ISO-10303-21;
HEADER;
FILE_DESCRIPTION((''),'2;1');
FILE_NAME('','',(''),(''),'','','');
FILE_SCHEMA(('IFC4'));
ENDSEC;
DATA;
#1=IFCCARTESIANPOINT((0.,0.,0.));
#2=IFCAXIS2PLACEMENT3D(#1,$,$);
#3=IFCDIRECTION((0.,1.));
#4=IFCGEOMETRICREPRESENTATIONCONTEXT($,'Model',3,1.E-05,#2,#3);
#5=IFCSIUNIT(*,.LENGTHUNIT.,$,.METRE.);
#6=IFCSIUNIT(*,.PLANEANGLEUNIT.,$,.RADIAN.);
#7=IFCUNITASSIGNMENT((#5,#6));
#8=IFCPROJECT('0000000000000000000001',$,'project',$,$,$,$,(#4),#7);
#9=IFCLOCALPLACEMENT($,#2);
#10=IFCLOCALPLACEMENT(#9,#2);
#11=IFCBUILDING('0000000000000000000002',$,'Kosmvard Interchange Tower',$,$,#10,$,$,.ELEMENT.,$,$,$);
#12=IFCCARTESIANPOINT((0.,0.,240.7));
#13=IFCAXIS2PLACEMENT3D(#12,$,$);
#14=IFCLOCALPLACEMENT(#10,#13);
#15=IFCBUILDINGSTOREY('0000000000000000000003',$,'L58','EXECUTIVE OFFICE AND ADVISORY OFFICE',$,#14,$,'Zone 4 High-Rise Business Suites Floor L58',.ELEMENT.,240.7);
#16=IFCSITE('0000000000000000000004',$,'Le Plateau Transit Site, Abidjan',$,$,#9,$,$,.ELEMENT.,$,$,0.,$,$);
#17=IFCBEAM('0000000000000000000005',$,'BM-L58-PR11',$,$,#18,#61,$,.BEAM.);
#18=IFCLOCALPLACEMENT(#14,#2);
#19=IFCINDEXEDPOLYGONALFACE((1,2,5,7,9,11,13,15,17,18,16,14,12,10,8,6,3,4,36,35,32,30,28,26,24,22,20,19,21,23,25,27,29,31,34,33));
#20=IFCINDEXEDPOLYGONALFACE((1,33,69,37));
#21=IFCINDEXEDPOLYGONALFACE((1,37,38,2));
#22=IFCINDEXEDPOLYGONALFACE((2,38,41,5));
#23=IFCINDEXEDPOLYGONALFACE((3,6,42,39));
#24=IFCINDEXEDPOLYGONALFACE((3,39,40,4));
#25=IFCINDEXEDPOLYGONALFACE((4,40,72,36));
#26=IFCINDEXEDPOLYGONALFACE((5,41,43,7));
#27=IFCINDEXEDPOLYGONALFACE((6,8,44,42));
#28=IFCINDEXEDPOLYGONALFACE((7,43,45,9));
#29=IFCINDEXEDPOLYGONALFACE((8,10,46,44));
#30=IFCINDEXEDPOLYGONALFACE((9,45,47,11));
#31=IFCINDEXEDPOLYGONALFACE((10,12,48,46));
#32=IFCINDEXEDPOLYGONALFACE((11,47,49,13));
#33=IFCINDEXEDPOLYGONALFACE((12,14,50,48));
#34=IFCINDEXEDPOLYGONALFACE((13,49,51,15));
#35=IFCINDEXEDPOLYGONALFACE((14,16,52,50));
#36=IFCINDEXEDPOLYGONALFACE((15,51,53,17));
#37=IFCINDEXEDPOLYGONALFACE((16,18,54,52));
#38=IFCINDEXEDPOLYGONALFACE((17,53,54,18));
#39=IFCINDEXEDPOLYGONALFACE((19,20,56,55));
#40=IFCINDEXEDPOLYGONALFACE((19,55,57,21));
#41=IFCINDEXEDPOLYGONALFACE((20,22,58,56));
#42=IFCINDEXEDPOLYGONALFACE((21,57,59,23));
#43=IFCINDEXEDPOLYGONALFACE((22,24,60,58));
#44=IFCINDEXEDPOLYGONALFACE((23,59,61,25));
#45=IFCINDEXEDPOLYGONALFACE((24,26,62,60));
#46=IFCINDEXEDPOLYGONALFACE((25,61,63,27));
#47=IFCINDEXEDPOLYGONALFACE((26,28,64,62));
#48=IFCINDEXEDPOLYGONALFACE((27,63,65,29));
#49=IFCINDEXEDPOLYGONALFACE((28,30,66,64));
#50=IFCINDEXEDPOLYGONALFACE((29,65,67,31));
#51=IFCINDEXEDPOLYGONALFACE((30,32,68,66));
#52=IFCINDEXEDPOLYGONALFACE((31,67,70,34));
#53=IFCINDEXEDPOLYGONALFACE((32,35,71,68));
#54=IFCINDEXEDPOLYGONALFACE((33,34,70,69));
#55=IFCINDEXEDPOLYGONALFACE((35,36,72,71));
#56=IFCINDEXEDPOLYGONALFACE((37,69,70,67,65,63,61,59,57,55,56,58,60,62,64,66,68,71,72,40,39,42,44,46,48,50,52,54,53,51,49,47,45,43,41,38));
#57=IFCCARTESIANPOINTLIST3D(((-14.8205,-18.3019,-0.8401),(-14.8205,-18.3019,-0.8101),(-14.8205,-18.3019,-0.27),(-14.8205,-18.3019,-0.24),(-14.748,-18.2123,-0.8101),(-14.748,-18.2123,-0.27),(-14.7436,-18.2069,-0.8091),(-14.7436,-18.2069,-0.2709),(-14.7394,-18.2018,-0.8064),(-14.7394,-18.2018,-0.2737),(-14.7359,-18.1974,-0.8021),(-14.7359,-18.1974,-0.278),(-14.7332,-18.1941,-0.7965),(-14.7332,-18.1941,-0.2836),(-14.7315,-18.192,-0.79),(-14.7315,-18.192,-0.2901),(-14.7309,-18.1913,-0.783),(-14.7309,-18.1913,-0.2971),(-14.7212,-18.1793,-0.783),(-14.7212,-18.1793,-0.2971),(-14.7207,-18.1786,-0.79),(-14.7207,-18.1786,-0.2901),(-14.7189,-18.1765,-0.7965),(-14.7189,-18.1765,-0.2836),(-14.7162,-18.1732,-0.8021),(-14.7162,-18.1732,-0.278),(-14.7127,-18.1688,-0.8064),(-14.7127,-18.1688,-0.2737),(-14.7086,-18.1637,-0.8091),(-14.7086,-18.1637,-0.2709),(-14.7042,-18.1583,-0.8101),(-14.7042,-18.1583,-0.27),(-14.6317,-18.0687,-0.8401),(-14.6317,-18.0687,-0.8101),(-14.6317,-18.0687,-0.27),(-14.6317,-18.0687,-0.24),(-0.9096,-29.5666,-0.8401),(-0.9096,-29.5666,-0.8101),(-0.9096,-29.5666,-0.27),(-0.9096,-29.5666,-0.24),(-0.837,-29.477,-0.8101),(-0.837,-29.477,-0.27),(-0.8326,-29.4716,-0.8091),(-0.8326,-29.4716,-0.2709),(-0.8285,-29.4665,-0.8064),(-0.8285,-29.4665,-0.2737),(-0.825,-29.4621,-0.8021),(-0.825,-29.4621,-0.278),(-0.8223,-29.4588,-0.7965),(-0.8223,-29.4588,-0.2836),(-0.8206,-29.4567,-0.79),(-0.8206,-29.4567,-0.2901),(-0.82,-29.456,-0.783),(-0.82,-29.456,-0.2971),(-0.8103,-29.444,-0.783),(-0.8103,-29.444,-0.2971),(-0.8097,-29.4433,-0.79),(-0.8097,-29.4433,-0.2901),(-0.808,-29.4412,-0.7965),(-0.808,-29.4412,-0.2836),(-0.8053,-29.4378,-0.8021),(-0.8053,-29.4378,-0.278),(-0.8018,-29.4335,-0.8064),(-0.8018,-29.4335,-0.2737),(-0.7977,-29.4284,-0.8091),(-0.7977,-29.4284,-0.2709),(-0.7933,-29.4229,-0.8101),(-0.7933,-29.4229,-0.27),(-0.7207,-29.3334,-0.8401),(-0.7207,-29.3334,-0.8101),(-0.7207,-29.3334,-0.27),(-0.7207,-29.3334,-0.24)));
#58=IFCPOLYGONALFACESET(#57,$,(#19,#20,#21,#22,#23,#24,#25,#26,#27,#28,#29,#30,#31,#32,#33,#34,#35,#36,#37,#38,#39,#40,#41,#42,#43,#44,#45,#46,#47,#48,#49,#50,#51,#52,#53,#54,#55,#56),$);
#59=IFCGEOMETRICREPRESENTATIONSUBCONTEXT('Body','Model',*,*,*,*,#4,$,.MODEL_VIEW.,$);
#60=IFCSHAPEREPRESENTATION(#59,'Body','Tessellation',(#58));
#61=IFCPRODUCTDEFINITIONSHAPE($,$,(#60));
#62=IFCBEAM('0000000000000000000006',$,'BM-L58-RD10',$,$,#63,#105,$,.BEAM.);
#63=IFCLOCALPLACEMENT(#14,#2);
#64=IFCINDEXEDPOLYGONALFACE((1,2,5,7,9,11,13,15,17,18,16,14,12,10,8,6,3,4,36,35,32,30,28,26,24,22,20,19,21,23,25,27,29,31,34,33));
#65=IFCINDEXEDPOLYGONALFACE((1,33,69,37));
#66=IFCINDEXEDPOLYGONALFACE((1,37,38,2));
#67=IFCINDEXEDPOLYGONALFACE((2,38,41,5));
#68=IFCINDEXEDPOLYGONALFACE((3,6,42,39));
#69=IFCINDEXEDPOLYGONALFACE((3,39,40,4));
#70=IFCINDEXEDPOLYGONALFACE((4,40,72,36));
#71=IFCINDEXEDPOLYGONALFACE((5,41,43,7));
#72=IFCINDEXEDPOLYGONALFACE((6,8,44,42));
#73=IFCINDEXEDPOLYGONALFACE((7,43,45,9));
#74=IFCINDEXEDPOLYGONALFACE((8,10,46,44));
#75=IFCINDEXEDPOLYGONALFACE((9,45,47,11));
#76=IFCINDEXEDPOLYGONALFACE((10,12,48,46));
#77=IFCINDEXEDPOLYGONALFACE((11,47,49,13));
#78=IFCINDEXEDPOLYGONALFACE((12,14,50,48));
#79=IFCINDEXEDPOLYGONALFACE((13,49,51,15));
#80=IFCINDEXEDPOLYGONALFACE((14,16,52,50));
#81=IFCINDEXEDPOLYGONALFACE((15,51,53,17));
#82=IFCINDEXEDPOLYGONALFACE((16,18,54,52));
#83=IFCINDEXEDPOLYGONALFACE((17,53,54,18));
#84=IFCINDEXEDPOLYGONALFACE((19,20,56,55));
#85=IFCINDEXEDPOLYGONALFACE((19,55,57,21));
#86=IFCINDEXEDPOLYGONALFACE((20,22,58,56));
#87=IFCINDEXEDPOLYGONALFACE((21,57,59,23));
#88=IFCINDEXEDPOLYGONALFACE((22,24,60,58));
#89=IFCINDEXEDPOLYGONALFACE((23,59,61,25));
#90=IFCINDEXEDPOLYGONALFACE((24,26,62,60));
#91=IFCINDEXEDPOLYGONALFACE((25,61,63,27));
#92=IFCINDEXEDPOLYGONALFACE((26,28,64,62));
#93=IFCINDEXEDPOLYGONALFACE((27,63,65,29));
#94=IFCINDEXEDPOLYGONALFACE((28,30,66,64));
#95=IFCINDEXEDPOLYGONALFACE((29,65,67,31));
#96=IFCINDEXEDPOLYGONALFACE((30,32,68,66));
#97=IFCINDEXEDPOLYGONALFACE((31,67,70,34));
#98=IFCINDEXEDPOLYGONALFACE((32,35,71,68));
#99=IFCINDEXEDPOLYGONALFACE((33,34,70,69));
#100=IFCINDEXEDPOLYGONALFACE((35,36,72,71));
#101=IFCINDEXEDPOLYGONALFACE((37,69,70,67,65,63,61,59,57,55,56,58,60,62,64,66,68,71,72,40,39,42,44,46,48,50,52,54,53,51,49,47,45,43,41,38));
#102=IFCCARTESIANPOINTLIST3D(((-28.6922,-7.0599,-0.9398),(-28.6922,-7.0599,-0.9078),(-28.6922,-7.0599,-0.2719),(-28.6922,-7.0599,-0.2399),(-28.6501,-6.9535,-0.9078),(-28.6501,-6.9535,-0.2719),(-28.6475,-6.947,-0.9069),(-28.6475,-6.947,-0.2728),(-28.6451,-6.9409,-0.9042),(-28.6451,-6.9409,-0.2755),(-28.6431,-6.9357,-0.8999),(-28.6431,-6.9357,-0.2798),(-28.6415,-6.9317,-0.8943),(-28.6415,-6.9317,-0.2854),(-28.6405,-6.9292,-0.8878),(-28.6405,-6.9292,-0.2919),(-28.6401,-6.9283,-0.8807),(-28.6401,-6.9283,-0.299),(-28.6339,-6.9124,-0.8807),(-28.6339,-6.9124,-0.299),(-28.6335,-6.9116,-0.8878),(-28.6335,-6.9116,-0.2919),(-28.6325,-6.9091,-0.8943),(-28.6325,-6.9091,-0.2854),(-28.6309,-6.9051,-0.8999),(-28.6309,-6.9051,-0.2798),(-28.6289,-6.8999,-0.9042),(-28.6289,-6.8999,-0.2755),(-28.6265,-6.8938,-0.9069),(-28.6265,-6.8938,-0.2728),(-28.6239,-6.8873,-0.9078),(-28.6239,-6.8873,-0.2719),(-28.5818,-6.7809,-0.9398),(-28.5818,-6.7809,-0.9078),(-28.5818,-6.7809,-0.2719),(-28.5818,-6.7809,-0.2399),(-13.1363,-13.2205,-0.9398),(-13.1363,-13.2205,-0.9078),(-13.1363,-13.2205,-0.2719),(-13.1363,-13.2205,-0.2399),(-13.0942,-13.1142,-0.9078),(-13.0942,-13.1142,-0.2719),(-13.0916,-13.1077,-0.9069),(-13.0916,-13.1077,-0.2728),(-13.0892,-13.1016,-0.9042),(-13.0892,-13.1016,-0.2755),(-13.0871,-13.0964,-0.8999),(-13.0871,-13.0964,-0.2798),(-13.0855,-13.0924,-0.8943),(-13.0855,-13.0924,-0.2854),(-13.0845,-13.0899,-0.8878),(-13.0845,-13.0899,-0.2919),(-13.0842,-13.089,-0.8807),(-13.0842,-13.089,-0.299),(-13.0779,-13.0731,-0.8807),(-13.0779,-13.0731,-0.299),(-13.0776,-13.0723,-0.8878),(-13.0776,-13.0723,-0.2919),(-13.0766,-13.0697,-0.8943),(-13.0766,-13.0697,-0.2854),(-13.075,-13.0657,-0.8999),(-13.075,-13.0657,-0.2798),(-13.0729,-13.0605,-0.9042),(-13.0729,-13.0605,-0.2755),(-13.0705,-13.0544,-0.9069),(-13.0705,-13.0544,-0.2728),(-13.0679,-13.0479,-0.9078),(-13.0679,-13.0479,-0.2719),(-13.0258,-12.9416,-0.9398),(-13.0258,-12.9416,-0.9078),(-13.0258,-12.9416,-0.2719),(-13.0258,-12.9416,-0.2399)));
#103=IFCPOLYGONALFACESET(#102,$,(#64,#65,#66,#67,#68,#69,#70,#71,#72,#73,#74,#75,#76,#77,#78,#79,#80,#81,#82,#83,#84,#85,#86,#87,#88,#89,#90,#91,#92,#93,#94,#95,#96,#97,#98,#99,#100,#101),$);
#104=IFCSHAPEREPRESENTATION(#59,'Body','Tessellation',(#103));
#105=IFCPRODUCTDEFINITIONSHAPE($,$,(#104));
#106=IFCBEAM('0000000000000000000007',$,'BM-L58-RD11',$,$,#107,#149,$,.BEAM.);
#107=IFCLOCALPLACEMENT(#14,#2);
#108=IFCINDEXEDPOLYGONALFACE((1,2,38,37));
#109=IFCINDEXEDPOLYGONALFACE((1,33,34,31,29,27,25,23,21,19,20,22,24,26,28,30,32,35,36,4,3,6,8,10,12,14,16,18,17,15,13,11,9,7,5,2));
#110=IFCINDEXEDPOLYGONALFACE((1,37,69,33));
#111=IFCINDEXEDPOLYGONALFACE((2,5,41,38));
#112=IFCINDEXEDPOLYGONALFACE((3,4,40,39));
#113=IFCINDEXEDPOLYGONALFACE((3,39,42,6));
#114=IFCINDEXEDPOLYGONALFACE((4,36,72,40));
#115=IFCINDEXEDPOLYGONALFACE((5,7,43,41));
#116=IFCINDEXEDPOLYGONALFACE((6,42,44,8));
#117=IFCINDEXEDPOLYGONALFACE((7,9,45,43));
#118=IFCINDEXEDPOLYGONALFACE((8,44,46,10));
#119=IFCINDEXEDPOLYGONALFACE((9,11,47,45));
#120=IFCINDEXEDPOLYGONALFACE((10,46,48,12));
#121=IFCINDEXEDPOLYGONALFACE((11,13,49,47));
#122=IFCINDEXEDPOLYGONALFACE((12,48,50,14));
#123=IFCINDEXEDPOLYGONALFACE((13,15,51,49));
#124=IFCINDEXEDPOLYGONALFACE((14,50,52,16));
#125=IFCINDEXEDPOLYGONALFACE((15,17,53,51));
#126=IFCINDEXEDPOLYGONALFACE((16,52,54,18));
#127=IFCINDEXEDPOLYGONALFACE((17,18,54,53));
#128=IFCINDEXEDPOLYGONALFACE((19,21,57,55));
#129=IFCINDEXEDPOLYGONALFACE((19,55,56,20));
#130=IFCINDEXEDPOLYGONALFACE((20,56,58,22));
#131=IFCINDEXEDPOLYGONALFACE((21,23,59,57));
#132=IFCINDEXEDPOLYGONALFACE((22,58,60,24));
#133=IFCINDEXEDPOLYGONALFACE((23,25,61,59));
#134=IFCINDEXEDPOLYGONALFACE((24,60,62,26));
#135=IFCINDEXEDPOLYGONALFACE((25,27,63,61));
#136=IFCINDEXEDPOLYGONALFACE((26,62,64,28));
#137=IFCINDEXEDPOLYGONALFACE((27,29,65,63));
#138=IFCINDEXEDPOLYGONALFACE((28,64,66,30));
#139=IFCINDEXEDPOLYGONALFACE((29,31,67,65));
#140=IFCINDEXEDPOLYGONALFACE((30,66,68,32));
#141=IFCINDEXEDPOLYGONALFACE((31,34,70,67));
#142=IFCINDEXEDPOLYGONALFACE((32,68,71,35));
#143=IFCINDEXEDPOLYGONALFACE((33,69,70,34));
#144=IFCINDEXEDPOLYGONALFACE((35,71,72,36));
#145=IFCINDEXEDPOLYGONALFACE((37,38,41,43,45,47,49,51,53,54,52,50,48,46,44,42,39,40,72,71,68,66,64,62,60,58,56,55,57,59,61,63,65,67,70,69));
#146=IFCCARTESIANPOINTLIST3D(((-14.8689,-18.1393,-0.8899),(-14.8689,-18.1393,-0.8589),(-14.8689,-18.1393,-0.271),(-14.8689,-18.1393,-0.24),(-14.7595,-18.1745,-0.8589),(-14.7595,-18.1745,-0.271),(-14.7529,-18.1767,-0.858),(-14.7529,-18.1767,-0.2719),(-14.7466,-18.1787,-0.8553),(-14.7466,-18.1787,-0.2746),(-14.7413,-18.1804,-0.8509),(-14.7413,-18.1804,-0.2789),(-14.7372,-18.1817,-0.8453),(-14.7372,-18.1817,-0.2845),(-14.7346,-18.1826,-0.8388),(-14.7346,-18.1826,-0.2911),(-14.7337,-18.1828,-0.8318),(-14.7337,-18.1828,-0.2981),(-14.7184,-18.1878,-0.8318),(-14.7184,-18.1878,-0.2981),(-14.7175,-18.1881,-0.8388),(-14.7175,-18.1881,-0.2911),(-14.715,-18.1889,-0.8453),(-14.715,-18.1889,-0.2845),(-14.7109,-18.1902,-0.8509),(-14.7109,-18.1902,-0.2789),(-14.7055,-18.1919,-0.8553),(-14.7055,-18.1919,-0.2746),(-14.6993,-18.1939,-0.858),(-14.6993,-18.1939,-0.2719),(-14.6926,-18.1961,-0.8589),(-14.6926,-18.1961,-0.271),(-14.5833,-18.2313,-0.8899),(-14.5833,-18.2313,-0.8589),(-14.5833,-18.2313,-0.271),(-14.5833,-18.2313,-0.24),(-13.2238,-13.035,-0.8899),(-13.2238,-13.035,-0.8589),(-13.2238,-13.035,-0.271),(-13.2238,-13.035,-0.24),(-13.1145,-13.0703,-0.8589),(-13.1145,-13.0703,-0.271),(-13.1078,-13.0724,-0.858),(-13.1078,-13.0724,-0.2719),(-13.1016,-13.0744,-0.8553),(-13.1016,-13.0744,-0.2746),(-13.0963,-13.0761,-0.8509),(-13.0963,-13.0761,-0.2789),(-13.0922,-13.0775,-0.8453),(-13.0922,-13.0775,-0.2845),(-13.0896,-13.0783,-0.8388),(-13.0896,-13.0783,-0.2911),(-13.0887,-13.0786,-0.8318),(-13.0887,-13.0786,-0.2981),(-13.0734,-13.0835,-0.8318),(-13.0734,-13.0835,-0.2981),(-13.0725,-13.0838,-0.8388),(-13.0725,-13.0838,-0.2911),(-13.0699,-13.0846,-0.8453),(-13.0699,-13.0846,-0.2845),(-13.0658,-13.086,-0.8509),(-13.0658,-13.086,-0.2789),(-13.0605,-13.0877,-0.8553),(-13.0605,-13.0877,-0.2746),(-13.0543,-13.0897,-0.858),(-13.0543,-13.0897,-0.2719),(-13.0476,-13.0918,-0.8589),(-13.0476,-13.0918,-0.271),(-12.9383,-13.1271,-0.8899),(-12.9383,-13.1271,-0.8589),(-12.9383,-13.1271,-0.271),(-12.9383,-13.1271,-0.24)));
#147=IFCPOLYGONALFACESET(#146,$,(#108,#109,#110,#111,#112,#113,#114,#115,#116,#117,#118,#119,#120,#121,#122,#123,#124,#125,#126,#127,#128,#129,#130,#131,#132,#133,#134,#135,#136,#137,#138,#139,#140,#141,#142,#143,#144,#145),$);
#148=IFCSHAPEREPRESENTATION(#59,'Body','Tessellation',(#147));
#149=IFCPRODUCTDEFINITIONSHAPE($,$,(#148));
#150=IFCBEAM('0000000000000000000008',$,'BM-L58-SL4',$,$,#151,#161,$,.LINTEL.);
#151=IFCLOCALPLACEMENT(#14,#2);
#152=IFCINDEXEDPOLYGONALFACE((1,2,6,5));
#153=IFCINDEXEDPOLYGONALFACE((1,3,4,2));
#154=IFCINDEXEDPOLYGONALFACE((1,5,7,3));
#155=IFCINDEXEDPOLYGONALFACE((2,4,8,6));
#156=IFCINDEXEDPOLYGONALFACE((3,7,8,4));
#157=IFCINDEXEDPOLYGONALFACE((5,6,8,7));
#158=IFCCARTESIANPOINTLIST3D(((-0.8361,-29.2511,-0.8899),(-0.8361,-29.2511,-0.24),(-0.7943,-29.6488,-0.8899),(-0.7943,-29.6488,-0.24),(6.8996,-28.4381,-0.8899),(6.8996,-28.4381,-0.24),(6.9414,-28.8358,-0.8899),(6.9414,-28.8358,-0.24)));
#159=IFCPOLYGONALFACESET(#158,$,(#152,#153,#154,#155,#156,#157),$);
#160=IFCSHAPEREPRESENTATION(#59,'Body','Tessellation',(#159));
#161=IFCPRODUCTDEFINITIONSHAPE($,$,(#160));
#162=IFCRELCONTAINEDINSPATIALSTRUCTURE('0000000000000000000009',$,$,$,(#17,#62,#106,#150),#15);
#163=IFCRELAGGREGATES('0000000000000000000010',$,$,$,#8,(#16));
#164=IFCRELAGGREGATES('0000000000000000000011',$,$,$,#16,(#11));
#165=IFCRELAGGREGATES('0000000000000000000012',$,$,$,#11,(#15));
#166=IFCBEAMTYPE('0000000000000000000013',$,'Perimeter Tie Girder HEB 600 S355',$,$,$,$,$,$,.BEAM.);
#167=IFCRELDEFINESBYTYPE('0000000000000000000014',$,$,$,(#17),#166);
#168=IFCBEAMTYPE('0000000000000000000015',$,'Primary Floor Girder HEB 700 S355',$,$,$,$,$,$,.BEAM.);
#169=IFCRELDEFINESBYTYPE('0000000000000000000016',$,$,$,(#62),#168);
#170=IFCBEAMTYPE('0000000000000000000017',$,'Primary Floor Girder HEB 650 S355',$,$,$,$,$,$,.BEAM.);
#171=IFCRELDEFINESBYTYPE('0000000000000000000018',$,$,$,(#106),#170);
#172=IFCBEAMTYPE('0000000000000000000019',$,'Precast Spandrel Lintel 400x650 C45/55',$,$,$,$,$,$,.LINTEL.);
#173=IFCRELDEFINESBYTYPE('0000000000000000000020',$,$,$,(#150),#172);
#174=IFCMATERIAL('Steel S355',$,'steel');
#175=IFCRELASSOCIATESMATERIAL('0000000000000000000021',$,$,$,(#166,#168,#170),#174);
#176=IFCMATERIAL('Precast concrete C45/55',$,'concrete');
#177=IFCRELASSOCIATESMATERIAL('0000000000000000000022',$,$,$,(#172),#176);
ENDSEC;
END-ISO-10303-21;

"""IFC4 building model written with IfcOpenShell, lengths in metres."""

from ifc_helpers import new_model, si_unit, direction, frame, origin, origin_2d, place, context, subcontext, project, spatial, rectangle, i_section, extrude, source, transform, mapped, material, material_profile, profile_set, type_object, element, save


model = new_model("IFC4")

# Units and contexts
model_context = context("Model", 3, precision=1e-05, world=origin(), true_north=direction((0.0, 1.0)))
body_context = subcontext(model_context, "Body", "Model", "MODEL_VIEW")
ifc_project = project(units=[si_unit("LENGTHUNIT", "METRE"), si_unit("PLANEANGLEUNIT", "RADIAN")], contexts=[model_context])

# Site, building, storey
site_placement = place(None, origin())
site = spatial("IfcSite", under=ifc_project, at=site_placement, Name="Le Plateau Transit Site, Abidjan", CompositionType="ELEMENT", RefElevation=0.0)
building_placement = place(site_placement, origin())
building = spatial("IfcBuilding", under=site, at=building_placement, Name="Kosmvard Interchange Tower", CompositionType="ELEMENT")
storey_placement = place(building_placement, frame((0.0, 0.0, 240.7)))
storey = spatial("IfcBuildingStorey", under=building, at=storey_placement, Name="L58", Description="EXECUTIVE OFFICE AND ADVISORY OFFICE", LongName="Zone 4 High-Rise Business Suites Floor L58", CompositionType="ELEMENT", Elevation=240.7)

# Beams
ifc_material_1 = material(Name="Steel S355", Category="steel")
ifc_material_profile_1 = material_profile(ifc_material_1, i_section(OverallWidth=0.3, OverallDepth=0.6001, WebThickness=0.0154, FlangeThickness=0.03, FilletRadius=0.0271, at=origin_2d()), Name="HEB 600")
ifc_profile_set_1 = profile_set([ifc_material_profile_1], Name="Steel S355")
beam_type_1 = type_object("IfcBeamType", Name="Perimeter Tie Girder HEB 600 S355", PredefinedType="BEAM", material=ifc_profile_set_1)
shared_shape_1 = source(origin(), body_context, "Body", "SweptSolid", [
    extrude(i_section(OverallWidth=0.3, OverallDepth=0.6001, WebThickness=0.0154, FlangeThickness=0.03, FilletRadius=0.0271, at=origin_2d()), origin(), (0.0, 0.0, 1.0), 17.8999),
])
beam_1_placement = place(storey_placement, frame((-14.7261, -18.1853, -0.54), z_axis=(0.777151, -0.629315, 0.0), x_axis=(0.629315, 0.777151, 0.0)))
element("IfcBeam", 1, at=beam_1_placement, inside=storey, type_object=beam_type_1, Name="BM-L58-PR11", PredefinedType="BEAM", context=body_context, shape_type="MappedRepresentation", body=[
    mapped(shared_shape_1, transform((0.0, 0.0, 0.0), scale=1.0)),
])
ifc_material_profile_2 = material_profile(ifc_material_1, i_section(OverallWidth=0.3, OverallDepth=0.7, WebThickness=0.0171, FlangeThickness=0.032, FilletRadius=0.0271, at=origin_2d()), Name="HEB 700")
ifc_profile_set_2 = profile_set([ifc_material_profile_2], Name="Steel S355")
beam_type_2 = type_object("IfcBeamType", Name="Primary Floor Girder HEB 700 S355", PredefinedType="BEAM", material=ifc_profile_set_2)
shared_shape_2 = source(origin(), body_context, "Body", "SweptSolid", [
    extrude(i_section(OverallWidth=0.3, OverallDepth=0.7, WebThickness=0.0171, FlangeThickness=0.032, FilletRadius=0.0271, at=origin_2d()), origin(), (0.0, 0.0, 1.0), 16.7314),
])
beam_2_placement = place(storey_placement, frame((-13.0811, -13.0811, -0.5898), z_axis=(-0.929743, 0.368209, 0.0), x_axis=(-0.368209, -0.929743, 0.0)))
element("IfcBeam", 2, at=beam_2_placement, inside=storey, type_object=beam_type_2, Name="BM-L58-RD10", PredefinedType="BEAM", context=body_context, shape_type="MappedRepresentation", body=[
    mapped(shared_shape_2, transform((0.0, 0.0, 0.0), scale=1.0)),
])
ifc_material_profile_3 = material_profile(ifc_material_1, i_section(OverallWidth=0.3, OverallDepth=0.6499, WebThickness=0.0161, FlangeThickness=0.031, FilletRadius=0.0271, at=origin_2d()), Name="HEB 650")
ifc_profile_set_3 = profile_set([ifc_material_profile_3], Name="Steel S355")
beam_type_3 = type_object("IfcBeamType", Name="Primary Floor Girder HEB 650 S355", PredefinedType="BEAM", material=ifc_profile_set_3)
shared_shape_3 = source(origin(), body_context, "Body", "SweptSolid", [
    extrude(i_section(OverallWidth=0.3, OverallDepth=0.6499, WebThickness=0.0161, FlangeThickness=0.031, FilletRadius=0.0271, at=origin_2d()), origin(), (0.0, 0.0, 1.0), 5.3628),
])
beam_3_placement = place(storey_placement, frame((-13.0811, -13.0811, -0.5649), z_axis=(-0.306747, -0.951791, 0.0), x_axis=(0.951791, -0.306747, 0.0)))
element("IfcBeam", 3, at=beam_3_placement, inside=storey, type_object=beam_type_3, Name="BM-L58-RD11", PredefinedType="BEAM", context=body_context, shape_type="MappedRepresentation", body=[
    mapped(shared_shape_3, transform((0.0, 0.0, 0.0), scale=1.0)),
])
ifc_material_2 = material(Name="Precast concrete C45/55", Category="concrete")
ifc_material_profile_4 = material_profile(ifc_material_2, rectangle(XDim=0.3999, YDim=0.6499, at=origin_2d()), Name="SL 400x650")
ifc_profile_set_4 = profile_set([ifc_material_profile_4], Name="Precast concrete C45/55")
beam_type_4 = type_object("IfcBeamType", Name="Precast Spandrel Lintel 400x650 C45/55", PredefinedType="LINTEL", material=ifc_profile_set_4)
shared_shape_4 = source(origin(), body_context, "Body", "SweptSolid", [
    extrude(rectangle(XDim=0.3999, YDim=0.6499, at=origin_2d()), origin(), (0.0, 0.0, 1.0), 7.7783),
])
beam_4_placement = place(storey_placement, frame((-0.8152, -29.45, -0.5649), z_axis=(0.994523, 0.104521, 0.0), x_axis=(-0.104521, 0.994523, 0.0)))
element("IfcBeam", 4, at=beam_4_placement, inside=storey, type_object=beam_type_4, Name="BM-L58-SL4", PredefinedType="LINTEL", context=body_context, shape_type="MappedRepresentation", body=[
    mapped(shared_shape_4, transform((0.0, 0.0, 0.0), scale=1.0)),
])

save(model, "model.ifc")
